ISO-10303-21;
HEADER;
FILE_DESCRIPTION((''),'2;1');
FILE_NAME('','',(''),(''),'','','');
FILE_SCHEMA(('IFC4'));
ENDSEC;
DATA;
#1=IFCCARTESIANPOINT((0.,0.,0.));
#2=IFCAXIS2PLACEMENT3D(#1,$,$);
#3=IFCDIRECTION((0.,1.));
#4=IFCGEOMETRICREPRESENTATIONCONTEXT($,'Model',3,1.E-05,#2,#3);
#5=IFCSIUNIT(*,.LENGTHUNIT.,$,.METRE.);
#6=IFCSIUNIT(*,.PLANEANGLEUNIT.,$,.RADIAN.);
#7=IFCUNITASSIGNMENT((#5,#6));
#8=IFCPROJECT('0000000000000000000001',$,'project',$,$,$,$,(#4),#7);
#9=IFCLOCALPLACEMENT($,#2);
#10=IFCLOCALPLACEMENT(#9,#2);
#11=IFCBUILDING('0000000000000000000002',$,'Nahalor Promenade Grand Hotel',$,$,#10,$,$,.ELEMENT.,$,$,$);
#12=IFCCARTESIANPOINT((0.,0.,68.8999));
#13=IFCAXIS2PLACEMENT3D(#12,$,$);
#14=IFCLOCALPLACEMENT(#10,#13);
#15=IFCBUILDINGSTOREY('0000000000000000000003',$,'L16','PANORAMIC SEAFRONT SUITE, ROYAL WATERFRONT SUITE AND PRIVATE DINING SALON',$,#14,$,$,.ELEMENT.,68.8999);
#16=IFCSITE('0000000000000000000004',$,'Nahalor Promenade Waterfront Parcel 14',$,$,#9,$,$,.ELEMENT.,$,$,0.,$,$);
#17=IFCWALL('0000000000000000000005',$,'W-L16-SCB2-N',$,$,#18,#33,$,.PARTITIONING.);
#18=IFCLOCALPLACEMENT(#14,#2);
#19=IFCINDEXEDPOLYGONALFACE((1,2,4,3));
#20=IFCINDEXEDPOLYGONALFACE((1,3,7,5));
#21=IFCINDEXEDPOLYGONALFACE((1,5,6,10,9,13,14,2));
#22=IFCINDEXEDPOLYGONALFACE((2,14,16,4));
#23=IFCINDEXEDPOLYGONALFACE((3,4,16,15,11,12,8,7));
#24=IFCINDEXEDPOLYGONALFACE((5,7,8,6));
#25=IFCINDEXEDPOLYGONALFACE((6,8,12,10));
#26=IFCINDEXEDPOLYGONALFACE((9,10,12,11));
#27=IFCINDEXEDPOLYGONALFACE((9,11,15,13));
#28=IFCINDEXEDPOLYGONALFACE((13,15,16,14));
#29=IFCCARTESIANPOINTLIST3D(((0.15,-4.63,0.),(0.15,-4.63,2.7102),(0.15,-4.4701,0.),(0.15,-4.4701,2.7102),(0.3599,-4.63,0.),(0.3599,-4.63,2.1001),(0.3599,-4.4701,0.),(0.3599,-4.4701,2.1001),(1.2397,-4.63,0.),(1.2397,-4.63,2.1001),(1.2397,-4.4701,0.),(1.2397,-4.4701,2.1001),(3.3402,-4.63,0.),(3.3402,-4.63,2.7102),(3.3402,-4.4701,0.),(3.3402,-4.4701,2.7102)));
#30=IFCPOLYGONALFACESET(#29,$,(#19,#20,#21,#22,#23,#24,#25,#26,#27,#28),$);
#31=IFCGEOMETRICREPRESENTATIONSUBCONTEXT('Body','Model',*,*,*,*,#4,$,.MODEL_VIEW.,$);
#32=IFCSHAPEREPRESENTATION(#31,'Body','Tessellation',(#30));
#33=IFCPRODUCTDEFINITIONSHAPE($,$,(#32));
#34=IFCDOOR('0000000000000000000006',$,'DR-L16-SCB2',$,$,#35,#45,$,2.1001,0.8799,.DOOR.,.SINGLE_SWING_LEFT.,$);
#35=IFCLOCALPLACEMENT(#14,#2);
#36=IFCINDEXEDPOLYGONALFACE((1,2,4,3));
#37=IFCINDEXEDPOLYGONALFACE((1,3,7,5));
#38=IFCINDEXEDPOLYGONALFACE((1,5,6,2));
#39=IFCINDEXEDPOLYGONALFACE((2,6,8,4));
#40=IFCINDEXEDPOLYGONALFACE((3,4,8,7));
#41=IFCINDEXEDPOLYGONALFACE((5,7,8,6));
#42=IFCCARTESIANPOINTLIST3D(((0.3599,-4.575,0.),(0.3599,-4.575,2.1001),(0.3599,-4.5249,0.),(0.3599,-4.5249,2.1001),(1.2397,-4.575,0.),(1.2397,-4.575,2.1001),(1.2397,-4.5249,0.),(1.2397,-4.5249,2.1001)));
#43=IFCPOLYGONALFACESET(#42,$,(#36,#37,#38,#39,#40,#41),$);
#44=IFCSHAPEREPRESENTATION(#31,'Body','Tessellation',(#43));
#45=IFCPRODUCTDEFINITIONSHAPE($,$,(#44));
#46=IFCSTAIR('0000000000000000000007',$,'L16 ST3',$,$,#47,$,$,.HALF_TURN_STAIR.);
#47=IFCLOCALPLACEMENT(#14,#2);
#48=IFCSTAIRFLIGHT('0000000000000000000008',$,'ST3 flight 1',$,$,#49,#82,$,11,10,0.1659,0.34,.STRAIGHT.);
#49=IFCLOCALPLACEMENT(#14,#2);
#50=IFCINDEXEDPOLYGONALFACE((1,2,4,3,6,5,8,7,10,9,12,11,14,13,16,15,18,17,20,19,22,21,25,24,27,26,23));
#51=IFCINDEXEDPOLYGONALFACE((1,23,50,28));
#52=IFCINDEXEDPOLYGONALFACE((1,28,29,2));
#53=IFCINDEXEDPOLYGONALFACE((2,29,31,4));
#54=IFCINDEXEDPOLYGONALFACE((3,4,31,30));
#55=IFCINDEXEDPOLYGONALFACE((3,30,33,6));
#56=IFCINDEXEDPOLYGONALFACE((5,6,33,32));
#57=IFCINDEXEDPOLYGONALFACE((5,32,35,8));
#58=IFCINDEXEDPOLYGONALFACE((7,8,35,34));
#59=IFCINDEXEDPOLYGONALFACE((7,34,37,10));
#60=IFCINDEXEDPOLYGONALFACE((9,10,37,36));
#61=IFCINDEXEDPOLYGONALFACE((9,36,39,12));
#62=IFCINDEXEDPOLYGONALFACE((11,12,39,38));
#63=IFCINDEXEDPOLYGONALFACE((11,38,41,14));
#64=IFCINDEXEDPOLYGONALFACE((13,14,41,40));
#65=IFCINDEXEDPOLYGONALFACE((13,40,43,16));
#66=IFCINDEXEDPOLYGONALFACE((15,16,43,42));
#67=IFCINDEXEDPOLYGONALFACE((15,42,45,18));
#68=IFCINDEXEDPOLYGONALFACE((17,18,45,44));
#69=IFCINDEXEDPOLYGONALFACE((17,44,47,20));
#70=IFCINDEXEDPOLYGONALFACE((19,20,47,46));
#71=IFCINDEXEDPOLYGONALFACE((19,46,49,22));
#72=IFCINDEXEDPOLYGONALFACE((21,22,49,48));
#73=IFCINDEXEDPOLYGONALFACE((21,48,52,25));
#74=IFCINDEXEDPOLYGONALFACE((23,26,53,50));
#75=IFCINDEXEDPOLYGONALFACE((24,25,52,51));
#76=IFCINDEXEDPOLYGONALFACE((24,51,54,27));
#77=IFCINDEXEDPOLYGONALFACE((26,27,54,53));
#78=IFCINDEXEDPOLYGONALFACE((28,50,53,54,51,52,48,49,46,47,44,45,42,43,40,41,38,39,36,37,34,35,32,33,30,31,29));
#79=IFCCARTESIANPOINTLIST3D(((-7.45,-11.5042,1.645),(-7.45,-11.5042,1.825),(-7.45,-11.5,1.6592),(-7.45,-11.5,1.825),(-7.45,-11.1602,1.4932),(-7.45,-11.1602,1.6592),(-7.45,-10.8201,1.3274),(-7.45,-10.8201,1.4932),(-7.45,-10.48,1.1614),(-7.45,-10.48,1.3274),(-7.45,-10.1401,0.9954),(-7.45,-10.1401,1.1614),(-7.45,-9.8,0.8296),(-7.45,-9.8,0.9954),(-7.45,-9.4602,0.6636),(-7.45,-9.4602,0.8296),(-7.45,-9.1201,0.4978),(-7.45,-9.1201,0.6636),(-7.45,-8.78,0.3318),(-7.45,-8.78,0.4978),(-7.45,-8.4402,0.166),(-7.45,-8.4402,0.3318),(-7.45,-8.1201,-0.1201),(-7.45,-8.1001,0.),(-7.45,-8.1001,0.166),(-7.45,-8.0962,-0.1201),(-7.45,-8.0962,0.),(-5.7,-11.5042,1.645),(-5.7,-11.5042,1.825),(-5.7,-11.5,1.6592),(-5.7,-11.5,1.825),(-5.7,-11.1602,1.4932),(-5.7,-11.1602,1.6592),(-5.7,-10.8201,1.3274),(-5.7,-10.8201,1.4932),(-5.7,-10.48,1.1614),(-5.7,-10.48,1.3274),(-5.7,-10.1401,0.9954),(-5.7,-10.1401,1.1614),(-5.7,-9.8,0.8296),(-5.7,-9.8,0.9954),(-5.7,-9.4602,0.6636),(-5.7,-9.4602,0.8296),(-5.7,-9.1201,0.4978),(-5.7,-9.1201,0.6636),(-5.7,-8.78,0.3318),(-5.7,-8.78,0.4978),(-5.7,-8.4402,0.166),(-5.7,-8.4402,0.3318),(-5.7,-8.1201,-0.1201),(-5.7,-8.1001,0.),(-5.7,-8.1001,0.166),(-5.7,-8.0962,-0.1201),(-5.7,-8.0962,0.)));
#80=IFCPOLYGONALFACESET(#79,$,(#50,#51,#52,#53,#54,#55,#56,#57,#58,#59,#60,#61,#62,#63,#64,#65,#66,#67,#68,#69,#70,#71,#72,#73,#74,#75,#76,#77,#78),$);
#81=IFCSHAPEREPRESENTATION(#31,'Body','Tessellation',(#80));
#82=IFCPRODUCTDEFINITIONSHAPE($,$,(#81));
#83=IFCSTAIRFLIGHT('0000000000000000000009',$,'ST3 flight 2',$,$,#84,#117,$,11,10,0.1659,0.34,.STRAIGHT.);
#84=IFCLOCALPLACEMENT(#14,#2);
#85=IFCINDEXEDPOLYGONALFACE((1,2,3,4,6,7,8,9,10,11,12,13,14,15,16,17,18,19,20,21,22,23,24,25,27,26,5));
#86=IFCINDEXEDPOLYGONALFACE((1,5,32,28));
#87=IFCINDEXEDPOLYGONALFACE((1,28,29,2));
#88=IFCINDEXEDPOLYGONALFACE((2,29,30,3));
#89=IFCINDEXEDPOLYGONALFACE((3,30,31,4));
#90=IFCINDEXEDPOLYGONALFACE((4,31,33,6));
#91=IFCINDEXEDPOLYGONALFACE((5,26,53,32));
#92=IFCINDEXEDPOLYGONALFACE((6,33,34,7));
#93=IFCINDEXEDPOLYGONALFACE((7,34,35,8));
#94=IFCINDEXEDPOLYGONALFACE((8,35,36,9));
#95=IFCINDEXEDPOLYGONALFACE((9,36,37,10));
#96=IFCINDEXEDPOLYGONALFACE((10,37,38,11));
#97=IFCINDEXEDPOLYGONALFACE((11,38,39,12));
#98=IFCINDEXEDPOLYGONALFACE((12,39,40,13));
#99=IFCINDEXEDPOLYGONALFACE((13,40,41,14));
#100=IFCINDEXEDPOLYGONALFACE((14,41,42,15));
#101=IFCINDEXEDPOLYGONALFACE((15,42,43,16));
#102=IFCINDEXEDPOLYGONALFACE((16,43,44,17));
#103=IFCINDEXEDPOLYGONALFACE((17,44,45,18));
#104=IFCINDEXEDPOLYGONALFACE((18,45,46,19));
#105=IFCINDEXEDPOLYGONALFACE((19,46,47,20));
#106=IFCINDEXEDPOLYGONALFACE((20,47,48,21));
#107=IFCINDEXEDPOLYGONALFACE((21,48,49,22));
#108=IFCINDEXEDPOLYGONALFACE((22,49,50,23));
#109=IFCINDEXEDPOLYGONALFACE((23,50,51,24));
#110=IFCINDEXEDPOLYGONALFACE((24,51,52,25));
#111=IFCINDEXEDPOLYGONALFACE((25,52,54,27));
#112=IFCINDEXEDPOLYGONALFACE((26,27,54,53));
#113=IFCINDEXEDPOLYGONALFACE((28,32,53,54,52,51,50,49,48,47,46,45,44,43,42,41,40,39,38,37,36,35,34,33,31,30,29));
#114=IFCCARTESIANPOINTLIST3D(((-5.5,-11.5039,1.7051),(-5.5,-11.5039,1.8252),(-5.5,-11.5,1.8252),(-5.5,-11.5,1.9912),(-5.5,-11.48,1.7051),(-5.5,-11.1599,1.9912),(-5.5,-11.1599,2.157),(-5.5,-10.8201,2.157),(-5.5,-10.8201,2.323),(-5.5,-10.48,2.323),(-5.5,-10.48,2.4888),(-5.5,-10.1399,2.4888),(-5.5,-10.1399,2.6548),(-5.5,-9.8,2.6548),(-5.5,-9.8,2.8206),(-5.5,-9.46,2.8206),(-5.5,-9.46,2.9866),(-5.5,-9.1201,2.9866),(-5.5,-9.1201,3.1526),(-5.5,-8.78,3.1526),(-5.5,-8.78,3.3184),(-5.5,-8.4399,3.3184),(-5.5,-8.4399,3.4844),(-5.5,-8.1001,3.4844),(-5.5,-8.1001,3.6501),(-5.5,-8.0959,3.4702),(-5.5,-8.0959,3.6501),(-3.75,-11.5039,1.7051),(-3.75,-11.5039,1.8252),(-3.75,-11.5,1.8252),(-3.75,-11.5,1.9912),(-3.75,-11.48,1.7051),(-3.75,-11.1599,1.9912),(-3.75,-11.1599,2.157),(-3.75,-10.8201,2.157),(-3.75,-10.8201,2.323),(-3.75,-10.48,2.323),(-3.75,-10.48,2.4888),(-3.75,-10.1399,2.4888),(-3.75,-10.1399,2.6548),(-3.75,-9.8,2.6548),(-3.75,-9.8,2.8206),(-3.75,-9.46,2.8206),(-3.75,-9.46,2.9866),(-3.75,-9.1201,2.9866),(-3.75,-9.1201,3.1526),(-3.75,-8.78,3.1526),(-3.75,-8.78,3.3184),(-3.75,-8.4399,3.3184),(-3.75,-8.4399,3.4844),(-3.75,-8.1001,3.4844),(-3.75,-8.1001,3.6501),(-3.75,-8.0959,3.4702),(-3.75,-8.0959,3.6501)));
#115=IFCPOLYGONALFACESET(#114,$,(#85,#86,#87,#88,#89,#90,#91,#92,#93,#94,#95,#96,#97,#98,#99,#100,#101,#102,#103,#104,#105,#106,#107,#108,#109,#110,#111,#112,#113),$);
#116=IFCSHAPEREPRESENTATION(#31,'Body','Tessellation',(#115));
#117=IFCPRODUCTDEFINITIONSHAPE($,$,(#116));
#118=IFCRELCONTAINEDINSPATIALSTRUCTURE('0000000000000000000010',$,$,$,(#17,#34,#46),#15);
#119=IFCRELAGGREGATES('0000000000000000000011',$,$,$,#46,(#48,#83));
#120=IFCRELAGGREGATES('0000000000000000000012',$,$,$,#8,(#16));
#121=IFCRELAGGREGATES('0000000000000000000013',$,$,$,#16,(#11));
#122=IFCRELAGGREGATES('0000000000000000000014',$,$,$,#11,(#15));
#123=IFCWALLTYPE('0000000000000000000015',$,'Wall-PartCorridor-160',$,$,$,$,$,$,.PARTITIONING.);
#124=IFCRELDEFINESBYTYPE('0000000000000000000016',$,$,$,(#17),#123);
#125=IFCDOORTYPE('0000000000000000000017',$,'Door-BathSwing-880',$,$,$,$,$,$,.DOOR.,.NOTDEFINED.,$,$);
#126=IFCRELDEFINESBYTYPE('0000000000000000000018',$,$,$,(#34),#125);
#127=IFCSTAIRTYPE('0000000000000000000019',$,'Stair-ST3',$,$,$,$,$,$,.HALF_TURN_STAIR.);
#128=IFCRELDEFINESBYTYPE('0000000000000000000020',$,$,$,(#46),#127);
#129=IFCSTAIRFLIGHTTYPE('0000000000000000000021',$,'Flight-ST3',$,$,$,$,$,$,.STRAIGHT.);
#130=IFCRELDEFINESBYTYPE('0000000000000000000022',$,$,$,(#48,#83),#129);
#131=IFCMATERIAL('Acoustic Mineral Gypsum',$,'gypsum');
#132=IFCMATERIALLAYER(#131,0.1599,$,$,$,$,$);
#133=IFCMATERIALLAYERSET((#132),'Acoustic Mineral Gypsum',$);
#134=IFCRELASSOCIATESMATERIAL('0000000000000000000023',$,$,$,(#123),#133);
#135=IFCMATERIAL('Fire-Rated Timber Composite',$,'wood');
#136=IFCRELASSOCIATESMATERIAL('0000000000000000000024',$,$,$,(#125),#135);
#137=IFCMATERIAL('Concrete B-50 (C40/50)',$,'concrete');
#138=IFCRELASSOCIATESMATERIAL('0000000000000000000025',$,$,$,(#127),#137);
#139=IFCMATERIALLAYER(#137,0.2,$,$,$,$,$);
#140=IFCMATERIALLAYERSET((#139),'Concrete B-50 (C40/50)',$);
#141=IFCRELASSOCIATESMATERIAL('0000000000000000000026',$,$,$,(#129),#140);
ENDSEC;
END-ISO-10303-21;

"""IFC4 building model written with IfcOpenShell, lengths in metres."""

from ifc_helpers import new_model, si_unit, direction, frame, frame_2d, origin, place, context, subcontext, project, spatial, polyline, rectangle, outline, extrude, source, transform, mapped, material, layer, layer_set, type_object, element, fill, aggregate, save


model = new_model("IFC4")

# Units and contexts
model_context = context("Model", 3, precision=1e-05, world=origin(), true_north=direction((0.0, 1.0)))
body_context = subcontext(model_context, "Body", "Model", "MODEL_VIEW")
ifc_project = project(units=[si_unit("LENGTHUNIT", "METRE"), si_unit("PLANEANGLEUNIT", "RADIAN")], contexts=[model_context])

# Site, building, storey
site_placement = place(None, origin())
site = spatial("IfcSite", under=ifc_project, at=site_placement, Name="Nahalor Promenade Waterfront Parcel 14", CompositionType="ELEMENT", RefElevation=0.0)
building_placement = place(site_placement, origin())
building = spatial("IfcBuilding", under=site, at=building_placement, Name="Nahalor Promenade Grand Hotel", CompositionType="ELEMENT")
storey_placement = place(building_placement, frame((0.0, 0.0, 68.8999)))
storey = spatial("IfcBuildingStorey", under=building, at=storey_placement, Name="L16", Description="PANORAMIC SEAFRONT SUITE, ROYAL WATERFRONT SUITE AND PRIVATE DINING SALON", CompositionType="ELEMENT", Elevation=68.8999)

# Shared definitions
ifc_material_1 = material(Name="Concrete B-50 (C40/50)", Category="concrete")

# Wall, opening, door
ifc_material_2 = material(Name="Acoustic Mineral Gypsum", Category="gypsum")
ifc_layer_1 = layer(ifc_material_2, 0.1599)
ifc_layer_set_1 = layer_set([ifc_layer_1], Name="Acoustic Mineral Gypsum")
wall_type_1 = type_object("IfcWallType", Name="Wall-PartCorridor-160", PredefinedType="PARTITIONING", material=ifc_layer_set_1)
ifc_material_3 = material(Name="Fire-Rated Timber Composite", Category="wood")
door_type_1 = type_object("IfcDoorType", Name="Door-BathSwing-880", OperationType="NOTDEFINED", PredefinedType="DOOR", material=ifc_material_3)
shared_shape_1 = source(origin(), body_context, "Body", "SweptSolid", [
    extrude(rectangle(XDim=0.8799, YDim=2.1001, at=frame_2d((0.4399, 1.05))), frame((0.0, 0.0249, 0.0), z_axis=(0.0, -1.0, 0.0), x_axis=(1.0, 0.0, 0.0)), (0.0, 0.0, 1.0), 0.05),
])
shared_shape_2 = source(origin(), body_context, "Body", "SweptSolid", [
    extrude(rectangle(XDim=3.1902, YDim=0.1599, at=frame_2d((1.5952, 0.0))), origin(), (0.0, 0.0, 1.0), 2.7102),
])
wall_1_placement = place(storey_placement, frame((0.1499, -4.55, 0.0), z_axis=(0.0, 0.0, 1.0), x_axis=(1.0, 0.0, 0.0)))
wall_1 = element("IfcWall", 1, at=wall_1_placement, inside=storey, type_object=wall_type_1, Name="W-L16-SCB2-N", PredefinedType="PARTITIONING", context=body_context, shape_type="MappedRepresentation", body=[
    mapped(shared_shape_2, transform((0.0, 0.0, 0.0), scale=1.0)),
])
opening_1_placement = place(wall_1_placement, frame((0.21, 0.0, 0.0)))
opening_1 = element("IfcOpeningElement", 2, at=opening_1_placement, cuts=wall_1, PredefinedType="OPENING", context=body_context, shape_type="SweptSolid", body=[
    extrude(rectangle(XDim=0.8799, YDim=2.1001, at=frame_2d((0.4399, 1.05))), frame((0.0, 0.0898, 0.0), z_axis=(0.0, -1.0, 0.0), x_axis=(1.0, 0.0, 0.0)), (0.0, 0.0, 1.0), 0.1799),
])
door_1_placement = place(opening_1_placement, frame((0.8799, 0.0, 0.0), z_axis=(0.0, 0.0, 1.0), x_axis=(-1.0, 0.0, 0.0)))
door_1 = element("IfcDoor", 3, at=door_1_placement, inside=storey, type_object=door_type_1, Name="DR-L16-SCB2", OperationType="SINGLE_SWING_LEFT", OverallHeight=2.1001, OverallWidth=0.8799, PredefinedType="DOOR", context=body_context, shape_type="MappedRepresentation", body=[
    mapped(shared_shape_1, transform((0.0, 0.0, 0.0), scale=1.0)),
])
fill(opening_1, door_1)

# Stair, stair flights
stair_type = type_object("IfcStairType", Name="Stair-ST3", PredefinedType="HALF_TURN_STAIR", material=ifc_material_1)
stair_placement = place(storey_placement, origin())
stair = element("IfcStair", 4, at=stair_placement, inside=storey, type_object=stair_type, Name="L16 ST3", PredefinedType="HALF_TURN_STAIR")
ifc_layer_2 = layer(ifc_material_1, 0.2)
ifc_layer_set_2 = layer_set([ifc_layer_2], Name="Concrete B-50 (C40/50)")
stair_flight_type = type_object("IfcStairFlightType", Name="Flight-ST3", PredefinedType="STRAIGHT", material=ifc_layer_set_2)
shared_shape_3 = source(origin(), body_context, "Body", "SweptSolid", [
    extrude(outline(polyline([(-0.0039, -0.1201), (-0.0039, 0.0), (0.0, 0.0), (0.0, 0.166), (0.3401, 0.166), (0.3401, 0.3318), (0.6799, 0.3318), (0.6799, 0.4978), (1.02, 0.4978), (1.02, 0.6636), (1.3601, 0.6636), (1.3601, 0.8296), (1.7, 0.8296), (1.7, 0.9954), (2.04, 0.9954), (2.04, 1.1614), (2.3799, 1.1614), (2.3799, 1.3274), (2.72, 1.3274), (2.72, 1.4932), (3.0601, 1.4932), (3.0601, 1.6592), (3.3999, 1.6592), (3.3999, 1.825), (3.4041, 1.825), (3.4041, 1.645), (0.02, -0.1201), (-0.0039, -0.1201)])), frame((0.0, 0.875, 0.0), z_axis=(0.0, -1.0, 0.0), x_axis=(1.0, 0.0, 0.0)), (0.0, 0.0, 1.0), 1.75),
])
stair_flight_1_placement = place(storey_placement, frame((-6.575, -8.1001, 0.0), z_axis=(0.0, 0.0, 1.0), x_axis=(0.0, -1.0, 0.0)))
stair_flight_1 = element("IfcStairFlight", 5, at=stair_flight_1_placement, type_object=stair_flight_type, Name="ST3 flight 1", NumberOfRisers=11, NumberOfTreads=10, PredefinedType="STRAIGHT", RiserHeight=0.1659, TreadLength=0.34, context=body_context, shape_type="MappedRepresentation", body=[
    mapped(shared_shape_3, transform((0.0, 0.0, 0.0), scale=1.0)),
])
stair_flight_2_placement = place(storey_placement, frame((-4.625, -11.5, 1.8252), z_axis=(0.0, 0.0, 1.0), x_axis=(0.0, 1.0, 0.0)))
stair_flight_2 = element("IfcStairFlight", 6, at=stair_flight_2_placement, type_object=stair_flight_type, Name="ST3 flight 2", NumberOfRisers=11, NumberOfTreads=10, PredefinedType="STRAIGHT", RiserHeight=0.1659, TreadLength=0.34, context=body_context, shape_type="MappedRepresentation", body=[
    mapped(shared_shape_3, transform((0.0, 0.0, 0.0), scale=1.0)),
])
aggregate(stair, [stair_flight_1, stair_flight_2])

save(model, "model.ifc")
